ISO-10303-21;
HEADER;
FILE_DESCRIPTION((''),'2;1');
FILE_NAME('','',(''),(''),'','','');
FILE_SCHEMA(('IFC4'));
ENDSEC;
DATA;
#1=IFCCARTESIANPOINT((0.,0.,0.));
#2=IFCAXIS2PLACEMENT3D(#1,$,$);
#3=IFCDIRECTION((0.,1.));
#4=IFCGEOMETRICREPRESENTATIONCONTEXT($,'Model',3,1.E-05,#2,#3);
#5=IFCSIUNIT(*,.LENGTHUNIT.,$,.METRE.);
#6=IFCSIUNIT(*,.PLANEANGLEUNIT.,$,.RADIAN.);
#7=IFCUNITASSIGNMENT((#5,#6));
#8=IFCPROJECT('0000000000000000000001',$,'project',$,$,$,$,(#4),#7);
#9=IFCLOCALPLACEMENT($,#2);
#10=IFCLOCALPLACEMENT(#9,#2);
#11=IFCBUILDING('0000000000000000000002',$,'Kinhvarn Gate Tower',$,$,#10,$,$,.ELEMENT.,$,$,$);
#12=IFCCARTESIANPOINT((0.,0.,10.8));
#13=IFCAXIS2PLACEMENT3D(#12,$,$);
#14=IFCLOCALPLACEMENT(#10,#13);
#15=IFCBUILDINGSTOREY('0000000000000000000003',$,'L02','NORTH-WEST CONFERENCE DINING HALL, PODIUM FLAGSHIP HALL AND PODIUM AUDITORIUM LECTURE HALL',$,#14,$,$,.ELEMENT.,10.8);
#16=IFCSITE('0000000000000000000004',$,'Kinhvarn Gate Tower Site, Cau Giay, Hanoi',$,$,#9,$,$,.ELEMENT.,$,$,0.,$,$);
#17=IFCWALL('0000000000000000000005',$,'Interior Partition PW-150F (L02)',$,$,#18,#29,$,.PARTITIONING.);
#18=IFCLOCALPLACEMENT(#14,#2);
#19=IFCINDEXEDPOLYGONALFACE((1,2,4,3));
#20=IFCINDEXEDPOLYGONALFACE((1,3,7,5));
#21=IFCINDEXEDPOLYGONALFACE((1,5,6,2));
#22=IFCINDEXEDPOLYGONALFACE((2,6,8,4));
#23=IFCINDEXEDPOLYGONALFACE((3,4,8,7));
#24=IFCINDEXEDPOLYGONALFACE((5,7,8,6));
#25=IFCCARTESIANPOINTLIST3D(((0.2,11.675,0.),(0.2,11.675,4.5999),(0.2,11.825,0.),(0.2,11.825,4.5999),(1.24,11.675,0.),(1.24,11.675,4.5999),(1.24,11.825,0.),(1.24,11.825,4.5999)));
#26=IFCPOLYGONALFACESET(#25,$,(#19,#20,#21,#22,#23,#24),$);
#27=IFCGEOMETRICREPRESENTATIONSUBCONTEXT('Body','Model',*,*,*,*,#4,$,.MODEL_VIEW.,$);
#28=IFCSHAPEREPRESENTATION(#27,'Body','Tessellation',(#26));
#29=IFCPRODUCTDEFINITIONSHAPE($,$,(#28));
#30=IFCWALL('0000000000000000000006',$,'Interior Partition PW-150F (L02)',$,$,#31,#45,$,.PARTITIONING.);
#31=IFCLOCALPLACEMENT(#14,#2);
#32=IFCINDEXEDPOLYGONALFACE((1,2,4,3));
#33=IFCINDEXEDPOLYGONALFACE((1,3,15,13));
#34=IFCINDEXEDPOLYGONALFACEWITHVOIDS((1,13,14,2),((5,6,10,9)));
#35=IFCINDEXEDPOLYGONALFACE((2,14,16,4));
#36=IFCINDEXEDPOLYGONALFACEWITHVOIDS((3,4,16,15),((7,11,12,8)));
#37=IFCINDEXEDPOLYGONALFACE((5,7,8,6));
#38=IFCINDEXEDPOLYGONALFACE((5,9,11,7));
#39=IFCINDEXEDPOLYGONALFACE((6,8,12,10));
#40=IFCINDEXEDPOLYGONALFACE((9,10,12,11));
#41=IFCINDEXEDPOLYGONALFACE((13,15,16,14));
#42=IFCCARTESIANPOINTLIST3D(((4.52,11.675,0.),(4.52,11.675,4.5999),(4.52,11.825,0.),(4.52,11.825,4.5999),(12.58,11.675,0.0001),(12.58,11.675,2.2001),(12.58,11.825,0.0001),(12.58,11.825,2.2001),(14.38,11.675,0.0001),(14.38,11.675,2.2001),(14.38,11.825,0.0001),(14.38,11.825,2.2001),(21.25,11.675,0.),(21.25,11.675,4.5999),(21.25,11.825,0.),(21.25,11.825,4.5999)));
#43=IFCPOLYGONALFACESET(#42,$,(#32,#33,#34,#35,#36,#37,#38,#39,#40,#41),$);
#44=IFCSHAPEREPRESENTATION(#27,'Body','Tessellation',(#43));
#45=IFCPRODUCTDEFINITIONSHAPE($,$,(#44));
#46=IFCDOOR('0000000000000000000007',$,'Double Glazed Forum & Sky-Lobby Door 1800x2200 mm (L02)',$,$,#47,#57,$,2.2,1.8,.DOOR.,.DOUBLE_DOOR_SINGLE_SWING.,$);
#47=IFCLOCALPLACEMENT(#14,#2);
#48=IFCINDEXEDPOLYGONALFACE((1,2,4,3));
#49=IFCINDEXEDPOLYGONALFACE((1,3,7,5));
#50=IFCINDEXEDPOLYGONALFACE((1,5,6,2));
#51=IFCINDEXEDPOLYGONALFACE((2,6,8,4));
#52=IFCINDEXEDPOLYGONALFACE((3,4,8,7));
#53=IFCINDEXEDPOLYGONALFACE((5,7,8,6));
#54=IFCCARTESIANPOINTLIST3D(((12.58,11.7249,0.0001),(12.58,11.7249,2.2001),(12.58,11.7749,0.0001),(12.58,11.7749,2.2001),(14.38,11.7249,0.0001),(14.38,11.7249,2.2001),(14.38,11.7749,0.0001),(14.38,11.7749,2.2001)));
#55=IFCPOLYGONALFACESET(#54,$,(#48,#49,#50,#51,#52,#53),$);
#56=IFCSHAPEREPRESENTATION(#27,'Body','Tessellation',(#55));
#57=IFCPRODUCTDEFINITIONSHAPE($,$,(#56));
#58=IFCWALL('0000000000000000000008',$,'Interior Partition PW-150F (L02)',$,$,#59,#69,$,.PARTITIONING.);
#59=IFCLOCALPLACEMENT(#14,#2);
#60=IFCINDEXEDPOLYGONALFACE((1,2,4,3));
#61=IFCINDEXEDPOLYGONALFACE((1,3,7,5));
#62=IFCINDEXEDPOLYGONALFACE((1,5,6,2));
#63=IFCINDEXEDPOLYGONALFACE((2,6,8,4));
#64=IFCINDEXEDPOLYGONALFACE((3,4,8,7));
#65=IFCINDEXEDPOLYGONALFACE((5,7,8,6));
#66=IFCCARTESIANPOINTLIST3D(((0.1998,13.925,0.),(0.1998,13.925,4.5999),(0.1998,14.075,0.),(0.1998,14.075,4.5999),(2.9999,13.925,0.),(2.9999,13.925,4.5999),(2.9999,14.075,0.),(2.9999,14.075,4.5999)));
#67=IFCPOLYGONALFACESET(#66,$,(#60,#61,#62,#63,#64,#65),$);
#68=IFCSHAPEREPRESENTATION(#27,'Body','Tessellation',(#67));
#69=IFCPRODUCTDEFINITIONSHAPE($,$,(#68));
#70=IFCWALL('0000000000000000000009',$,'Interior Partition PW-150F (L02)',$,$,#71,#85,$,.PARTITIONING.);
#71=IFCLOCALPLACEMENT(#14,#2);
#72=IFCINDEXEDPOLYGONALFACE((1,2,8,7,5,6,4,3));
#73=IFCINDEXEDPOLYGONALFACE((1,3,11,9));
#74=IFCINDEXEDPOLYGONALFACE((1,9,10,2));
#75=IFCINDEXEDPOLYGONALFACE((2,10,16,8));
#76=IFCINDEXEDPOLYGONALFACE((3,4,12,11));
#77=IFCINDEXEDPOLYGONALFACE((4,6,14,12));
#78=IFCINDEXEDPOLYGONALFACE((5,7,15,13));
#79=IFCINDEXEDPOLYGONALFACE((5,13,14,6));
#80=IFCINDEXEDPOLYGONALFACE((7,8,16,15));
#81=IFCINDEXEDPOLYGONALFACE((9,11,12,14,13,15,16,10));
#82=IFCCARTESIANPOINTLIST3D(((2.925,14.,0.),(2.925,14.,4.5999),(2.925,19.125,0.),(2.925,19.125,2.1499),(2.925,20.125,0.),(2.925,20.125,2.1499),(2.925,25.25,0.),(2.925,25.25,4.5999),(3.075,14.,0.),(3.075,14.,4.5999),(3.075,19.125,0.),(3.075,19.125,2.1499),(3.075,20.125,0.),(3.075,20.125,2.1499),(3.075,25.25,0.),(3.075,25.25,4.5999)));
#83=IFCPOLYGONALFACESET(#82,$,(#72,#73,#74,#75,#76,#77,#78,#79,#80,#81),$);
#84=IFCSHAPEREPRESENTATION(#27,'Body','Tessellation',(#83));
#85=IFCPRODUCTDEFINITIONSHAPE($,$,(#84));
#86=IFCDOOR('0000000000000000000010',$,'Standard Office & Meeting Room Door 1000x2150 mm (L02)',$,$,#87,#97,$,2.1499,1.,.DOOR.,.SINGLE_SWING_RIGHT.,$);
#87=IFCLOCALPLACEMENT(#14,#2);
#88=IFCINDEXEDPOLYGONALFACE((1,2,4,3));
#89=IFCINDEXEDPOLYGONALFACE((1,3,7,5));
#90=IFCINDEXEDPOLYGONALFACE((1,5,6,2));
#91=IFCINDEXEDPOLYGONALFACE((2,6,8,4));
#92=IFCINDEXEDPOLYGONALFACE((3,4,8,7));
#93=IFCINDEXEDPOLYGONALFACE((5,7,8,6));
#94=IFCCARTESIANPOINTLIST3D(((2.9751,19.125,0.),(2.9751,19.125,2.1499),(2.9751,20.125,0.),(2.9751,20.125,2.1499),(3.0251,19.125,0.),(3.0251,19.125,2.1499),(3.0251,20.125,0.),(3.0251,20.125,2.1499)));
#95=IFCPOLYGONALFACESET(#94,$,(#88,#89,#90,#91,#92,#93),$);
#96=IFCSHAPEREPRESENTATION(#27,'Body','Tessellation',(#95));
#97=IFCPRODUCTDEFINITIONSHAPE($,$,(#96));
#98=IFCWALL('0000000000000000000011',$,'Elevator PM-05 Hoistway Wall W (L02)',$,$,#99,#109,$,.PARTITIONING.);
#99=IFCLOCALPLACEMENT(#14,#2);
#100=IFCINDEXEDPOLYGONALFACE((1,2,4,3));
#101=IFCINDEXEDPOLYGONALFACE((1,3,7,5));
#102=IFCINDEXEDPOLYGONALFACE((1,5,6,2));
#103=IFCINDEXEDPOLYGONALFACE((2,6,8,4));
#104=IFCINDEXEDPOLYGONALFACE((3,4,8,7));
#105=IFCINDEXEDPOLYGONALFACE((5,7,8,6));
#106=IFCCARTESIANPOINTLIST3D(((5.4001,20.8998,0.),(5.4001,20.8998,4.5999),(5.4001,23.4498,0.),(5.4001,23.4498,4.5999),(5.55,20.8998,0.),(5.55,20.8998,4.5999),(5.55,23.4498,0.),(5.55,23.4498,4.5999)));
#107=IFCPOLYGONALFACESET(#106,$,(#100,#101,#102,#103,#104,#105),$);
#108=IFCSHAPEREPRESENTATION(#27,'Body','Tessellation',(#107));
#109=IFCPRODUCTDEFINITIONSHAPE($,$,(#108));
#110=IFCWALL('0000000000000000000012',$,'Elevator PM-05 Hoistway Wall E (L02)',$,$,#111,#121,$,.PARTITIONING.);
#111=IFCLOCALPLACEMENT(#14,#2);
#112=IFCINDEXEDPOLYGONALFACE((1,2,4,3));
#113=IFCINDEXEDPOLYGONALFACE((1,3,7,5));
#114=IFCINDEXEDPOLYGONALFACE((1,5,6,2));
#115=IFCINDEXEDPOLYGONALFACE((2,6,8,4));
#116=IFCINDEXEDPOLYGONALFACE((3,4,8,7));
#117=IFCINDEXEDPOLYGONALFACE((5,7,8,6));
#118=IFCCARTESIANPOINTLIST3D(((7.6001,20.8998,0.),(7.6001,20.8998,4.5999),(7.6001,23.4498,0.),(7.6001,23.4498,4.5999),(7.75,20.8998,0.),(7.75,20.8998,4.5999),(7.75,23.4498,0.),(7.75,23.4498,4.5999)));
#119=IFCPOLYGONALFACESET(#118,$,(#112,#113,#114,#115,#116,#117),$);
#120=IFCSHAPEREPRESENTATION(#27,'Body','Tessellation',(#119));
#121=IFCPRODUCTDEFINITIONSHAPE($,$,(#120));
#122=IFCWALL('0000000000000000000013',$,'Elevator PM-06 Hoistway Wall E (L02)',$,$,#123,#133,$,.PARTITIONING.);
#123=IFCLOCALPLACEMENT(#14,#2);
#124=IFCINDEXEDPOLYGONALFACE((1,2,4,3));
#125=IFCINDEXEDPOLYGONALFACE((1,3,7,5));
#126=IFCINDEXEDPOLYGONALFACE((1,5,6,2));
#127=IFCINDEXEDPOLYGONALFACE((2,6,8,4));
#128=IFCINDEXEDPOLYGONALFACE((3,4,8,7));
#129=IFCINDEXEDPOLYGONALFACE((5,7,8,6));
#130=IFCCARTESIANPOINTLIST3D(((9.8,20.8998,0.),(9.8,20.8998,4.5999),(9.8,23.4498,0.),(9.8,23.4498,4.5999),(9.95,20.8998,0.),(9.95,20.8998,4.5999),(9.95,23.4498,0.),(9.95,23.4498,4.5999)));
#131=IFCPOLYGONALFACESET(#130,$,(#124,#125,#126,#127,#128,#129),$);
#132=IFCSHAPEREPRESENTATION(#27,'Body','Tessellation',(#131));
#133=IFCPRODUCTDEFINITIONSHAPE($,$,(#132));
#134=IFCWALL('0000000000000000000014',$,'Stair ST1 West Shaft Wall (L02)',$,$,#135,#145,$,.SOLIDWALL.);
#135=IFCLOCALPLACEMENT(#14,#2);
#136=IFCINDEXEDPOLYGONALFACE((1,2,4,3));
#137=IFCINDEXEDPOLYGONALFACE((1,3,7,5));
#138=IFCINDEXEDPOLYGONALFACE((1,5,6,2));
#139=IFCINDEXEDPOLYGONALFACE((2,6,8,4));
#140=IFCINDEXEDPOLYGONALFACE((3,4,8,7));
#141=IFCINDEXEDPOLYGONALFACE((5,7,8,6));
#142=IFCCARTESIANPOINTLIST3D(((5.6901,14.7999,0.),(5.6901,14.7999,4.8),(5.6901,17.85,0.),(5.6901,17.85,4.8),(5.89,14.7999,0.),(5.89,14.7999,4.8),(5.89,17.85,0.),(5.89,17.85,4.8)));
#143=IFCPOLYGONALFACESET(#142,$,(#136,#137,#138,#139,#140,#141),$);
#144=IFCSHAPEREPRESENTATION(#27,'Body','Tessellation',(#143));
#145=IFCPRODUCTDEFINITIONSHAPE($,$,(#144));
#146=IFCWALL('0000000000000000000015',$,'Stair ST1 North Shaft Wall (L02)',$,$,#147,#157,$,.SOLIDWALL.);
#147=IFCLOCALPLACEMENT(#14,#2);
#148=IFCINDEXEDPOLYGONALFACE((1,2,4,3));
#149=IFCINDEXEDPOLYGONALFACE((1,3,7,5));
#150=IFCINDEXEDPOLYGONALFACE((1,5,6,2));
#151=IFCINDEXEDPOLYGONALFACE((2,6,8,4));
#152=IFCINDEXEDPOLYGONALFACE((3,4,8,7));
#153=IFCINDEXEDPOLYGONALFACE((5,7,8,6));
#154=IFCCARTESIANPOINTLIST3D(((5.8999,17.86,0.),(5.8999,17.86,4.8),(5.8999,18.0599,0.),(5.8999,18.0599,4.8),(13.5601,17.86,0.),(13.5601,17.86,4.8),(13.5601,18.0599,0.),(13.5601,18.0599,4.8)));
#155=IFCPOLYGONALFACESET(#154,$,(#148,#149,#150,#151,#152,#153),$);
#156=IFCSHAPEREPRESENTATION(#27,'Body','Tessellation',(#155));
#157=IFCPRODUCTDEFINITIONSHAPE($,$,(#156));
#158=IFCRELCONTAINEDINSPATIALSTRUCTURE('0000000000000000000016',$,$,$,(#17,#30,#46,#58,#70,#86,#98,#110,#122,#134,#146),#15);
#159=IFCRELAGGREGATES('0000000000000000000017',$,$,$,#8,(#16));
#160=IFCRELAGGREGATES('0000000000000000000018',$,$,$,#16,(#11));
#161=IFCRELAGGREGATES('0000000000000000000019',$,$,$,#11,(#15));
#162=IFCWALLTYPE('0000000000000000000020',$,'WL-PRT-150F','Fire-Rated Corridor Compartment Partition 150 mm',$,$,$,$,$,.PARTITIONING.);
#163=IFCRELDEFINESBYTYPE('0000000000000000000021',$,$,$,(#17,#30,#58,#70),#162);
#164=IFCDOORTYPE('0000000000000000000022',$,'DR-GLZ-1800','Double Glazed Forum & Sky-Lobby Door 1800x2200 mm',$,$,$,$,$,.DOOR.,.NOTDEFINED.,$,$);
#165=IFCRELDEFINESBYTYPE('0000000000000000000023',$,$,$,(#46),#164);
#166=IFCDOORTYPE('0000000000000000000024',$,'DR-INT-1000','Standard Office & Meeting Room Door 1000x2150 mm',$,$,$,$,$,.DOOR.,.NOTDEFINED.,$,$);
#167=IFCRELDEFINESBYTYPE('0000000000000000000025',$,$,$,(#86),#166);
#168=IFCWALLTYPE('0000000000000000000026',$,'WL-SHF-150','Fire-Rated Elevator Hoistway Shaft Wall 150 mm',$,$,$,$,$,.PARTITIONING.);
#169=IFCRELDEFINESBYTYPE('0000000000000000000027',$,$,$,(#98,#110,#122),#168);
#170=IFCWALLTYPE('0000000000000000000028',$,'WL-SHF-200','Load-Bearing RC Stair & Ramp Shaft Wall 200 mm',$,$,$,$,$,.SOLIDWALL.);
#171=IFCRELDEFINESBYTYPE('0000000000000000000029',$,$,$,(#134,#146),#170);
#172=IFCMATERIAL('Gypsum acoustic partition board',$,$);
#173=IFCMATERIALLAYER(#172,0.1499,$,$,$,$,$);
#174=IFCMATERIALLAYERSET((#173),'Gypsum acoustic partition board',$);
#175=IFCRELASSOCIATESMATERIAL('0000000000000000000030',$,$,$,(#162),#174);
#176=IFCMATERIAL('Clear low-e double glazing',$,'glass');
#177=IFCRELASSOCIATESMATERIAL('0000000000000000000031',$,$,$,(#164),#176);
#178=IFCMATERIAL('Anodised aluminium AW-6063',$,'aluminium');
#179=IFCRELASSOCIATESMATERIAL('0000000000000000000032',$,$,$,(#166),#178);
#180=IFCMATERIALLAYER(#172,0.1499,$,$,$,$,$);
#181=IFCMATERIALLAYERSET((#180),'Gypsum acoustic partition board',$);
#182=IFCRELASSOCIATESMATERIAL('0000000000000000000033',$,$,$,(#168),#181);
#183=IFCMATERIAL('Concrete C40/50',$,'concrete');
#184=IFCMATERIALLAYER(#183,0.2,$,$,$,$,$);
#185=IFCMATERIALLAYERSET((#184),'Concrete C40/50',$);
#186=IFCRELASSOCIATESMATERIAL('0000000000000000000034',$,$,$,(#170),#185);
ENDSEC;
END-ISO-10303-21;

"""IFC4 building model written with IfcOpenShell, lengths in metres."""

from ifc_helpers import new_model, si_unit, direction, frame, frame_2d, origin, place, context, subcontext, project, spatial, rectangle, extrude, material, layer, layer_set, type_object, element, fill, save


model = new_model("IFC4")

# Units and contexts
model_context = context("Model", 3, precision=1e-05, world=origin(), true_north=direction((0.0, 1.0)))
body_context = subcontext(model_context, "Body", "Model", "MODEL_VIEW")
ifc_project = project(units=[si_unit("LENGTHUNIT", "METRE"), si_unit("PLANEANGLEUNIT", "RADIAN")], contexts=[model_context])

# Site, building, storey
site_placement = place(None, origin())
site = spatial("IfcSite", under=ifc_project, at=site_placement, Name="Kinhvarn Gate Tower Site, Cau Giay, Hanoi", CompositionType="ELEMENT", RefElevation=0.0)
building_placement = place(site_placement, origin())
building = spatial("IfcBuilding", under=site, at=building_placement, Name="Kinhvarn Gate Tower", CompositionType="ELEMENT")
storey_placement = place(building_placement, frame((0.0, 0.0, 10.8)))
storey = spatial("IfcBuildingStorey", under=building, at=storey_placement, Name="L02", Description="NORTH-WEST CONFERENCE DINING HALL, PODIUM FLAGSHIP HALL AND PODIUM AUDITORIUM LECTURE HALL", CompositionType="ELEMENT", Elevation=10.8)

# Wall
ifc_material_1 = material(Name="Gypsum acoustic partition board")
ifc_layer_1 = layer(ifc_material_1, 0.1499)
ifc_layer_set_1 = layer_set([ifc_layer_1], Name="Gypsum acoustic partition board")
wall_type_1 = type_object("IfcWallType", Name="WL-PRT-150F", Description="Fire-Rated Corridor Compartment Partition 150 mm", PredefinedType="PARTITIONING", material=ifc_layer_set_1)
wall_1_placement = place(storey_placement, frame((0.2, 11.75, 0.0), z_axis=(0.0, 0.0, 1.0), x_axis=(1.0, 0.0, 0.0)))
element("IfcWall", 1, at=wall_1_placement, inside=storey, type_object=wall_type_1, Name="Interior Partition PW-150F (L02)", PredefinedType="PARTITIONING", context=body_context, shape_type="SweptSolid", body=[
    extrude(rectangle(XDim=1.04, YDim=0.1499, at=frame_2d((0.52, 0.0))), origin(), (0.0, 0.0, 1.0), 4.5999),
])

# Wall, opening, door
wall_2_placement = place(storey_placement, frame((4.52, 11.75, 0.0), z_axis=(0.0, 0.0, 1.0), x_axis=(1.0, 0.0, 0.0)))
wall_2 = element("IfcWall", 2, at=wall_2_placement, inside=storey, type_object=wall_type_1, Name="Interior Partition PW-150F (L02)", PredefinedType="PARTITIONING", context=body_context, shape_type="SweptSolid", body=[
    extrude(rectangle(XDim=16.73, YDim=0.1499, at=frame_2d((8.365, 0.0))), origin(), (0.0, 0.0, 1.0), 4.5999),
])
opening_1_placement = place(wall_2_placement, frame((8.0601, 0.0, 0.0)))
opening_1 = element("IfcOpeningElement", 3, at=opening_1_placement, cuts=wall_2, PredefinedType="OPENING", context=body_context, shape_type="SweptSolid", body=[
    extrude(rectangle(XDim=1.8, YDim=2.2, at=frame_2d((0.8999, 1.1001))), frame((0.0, 0.085, 0.0), z_axis=(0.0, -1.0, 0.0), x_axis=(1.0, 0.0, 0.0)), (0.0, 0.0, 1.0), 0.1699),
])
ifc_material_2 = material(Name="Clear low-e double glazing", Category="glass")
door_type_1 = type_object("IfcDoorType", Name="DR-GLZ-1800", Description="Double Glazed Forum & Sky-Lobby Door 1800x2200 mm", OperationType="NOTDEFINED", PredefinedType="DOOR", material=ifc_material_2)
door_1_placement = place(opening_1_placement, origin())
door_1 = element("IfcDoor", 4, at=door_1_placement, inside=storey, type_object=door_type_1, Name="Double Glazed Forum & Sky-Lobby Door 1800x2200 mm (L02)", OperationType="DOUBLE_DOOR_SINGLE_SWING", OverallHeight=2.2, OverallWidth=1.8, PredefinedType="DOOR", context=body_context, shape_type="SweptSolid", body=[
    extrude(rectangle(XDim=1.8, YDim=2.2, at=frame_2d((0.8999, 1.1001))), frame((0.0, 0.0249, 0.0), z_axis=(0.0, -1.0, 0.0), x_axis=(1.0, 0.0, 0.0)), (0.0, 0.0, 1.0), 0.05),
])
fill(opening_1, door_1)

# Wall
wall_3_placement = place(storey_placement, frame((0.2, 14.0, 0.0), z_axis=(0.0, 0.0, 1.0), x_axis=(1.0, 0.0, 0.0)))
element("IfcWall", 5, at=wall_3_placement, inside=storey, type_object=wall_type_1, Name="Interior Partition PW-150F (L02)", PredefinedType="PARTITIONING", context=body_context, shape_type="SweptSolid", body=[
    extrude(rectangle(XDim=2.8, YDim=0.1499, at=frame_2d((1.3999, 0.0))), origin(), (0.0, 0.0, 1.0), 4.5999),
])

# Wall, opening, door
wall_4_placement = place(storey_placement, frame((3.0, 14.0, 0.0), z_axis=(0.0, 0.0, 1.0), x_axis=(0.0, 1.0, 0.0)))
wall_4 = element("IfcWall", 6, at=wall_4_placement, inside=storey, type_object=wall_type_1, Name="Interior Partition PW-150F (L02)", PredefinedType="PARTITIONING", context=body_context, shape_type="SweptSolid", body=[
    extrude(rectangle(XDim=11.25, YDim=0.1499, at=frame_2d((5.625, 0.0))), origin(), (0.0, 0.0, 1.0), 4.5999),
])
opening_2_placement = place(wall_4_placement, frame((5.125, 0.0, 0.0)))
opening_2 = element("IfcOpeningElement", 7, at=opening_2_placement, cuts=wall_4, PredefinedType="OPENING", context=body_context, shape_type="SweptSolid", body=[
    extrude(rectangle(XDim=1.0, YDim=2.1499, at=frame_2d((0.5, 1.075))), frame((0.0, 0.085, 0.0), z_axis=(0.0, -1.0, 0.0), x_axis=(1.0, 0.0, 0.0)), (0.0, 0.0, 1.0), 0.1699),
])
ifc_material_3 = material(Name="Anodised aluminium AW-6063", Category="aluminium")
door_type_2 = type_object("IfcDoorType", Name="DR-INT-1000", Description="Standard Office & Meeting Room Door 1000x2150 mm", OperationType="NOTDEFINED", PredefinedType="DOOR", material=ifc_material_3)
door_2_placement = place(opening_2_placement, origin())
door_2 = element("IfcDoor", 8, at=door_2_placement, inside=storey, type_object=door_type_2, Name="Standard Office & Meeting Room Door 1000x2150 mm (L02)", OperationType="SINGLE_SWING_RIGHT", OverallHeight=2.1499, OverallWidth=1.0, PredefinedType="DOOR", context=body_context, shape_type="SweptSolid", body=[
    extrude(rectangle(XDim=1.0, YDim=2.1499, at=frame_2d((0.5, 1.075))), frame((0.0, 0.0249, 0.0), z_axis=(0.0, -1.0, 0.0), x_axis=(1.0, 0.0, 0.0)), (0.0, 0.0, 1.0), 0.05),
])
fill(opening_2, door_2)

# Walls
ifc_layer_2 = layer(ifc_material_1, 0.1499)
ifc_layer_set_2 = layer_set([ifc_layer_2], Name="Gypsum acoustic partition board")
wall_type_2 = type_object("IfcWallType", Name="WL-SHF-150", Description="Fire-Rated Elevator Hoistway Shaft Wall 150 mm", PredefinedType="PARTITIONING", material=ifc_layer_set_2)
for number, where, z_axis, x_axis, name in (
    (9, (5.4751, 20.8999, 0.0), (0.0, 0.0, 1.0), (0.0, 1.0, 0.0), "Elevator PM-05 Hoistway Wall W (L02)"),
    (10, (7.675, 20.8999, 0.0), (0.0, 0.0, 1.0), (0.0, 1.0, 0.0), "Elevator PM-05 Hoistway Wall E (L02)"),
    (11, (9.875, 20.8999, 0.0), (0.0, 0.0, 1.0), (0.0, 1.0, 0.0), "Elevator PM-06 Hoistway Wall E (L02)"),
):
    element("IfcWall", number, at=place(storey_placement, frame(where, z_axis=z_axis, x_axis=x_axis)), inside=storey, type_object=wall_type_2, Name=name, PredefinedType="PARTITIONING", context=body_context, shape_type="SweptSolid", body=[
        extrude(rectangle(XDim=2.55, YDim=0.1499, at=frame_2d((1.2749, 0.0))), origin(), (0.0, 0.0, 1.0), 4.5999),
    ])
ifc_material_4 = material(Name="Concrete C40/50", Category="concrete")
ifc_layer_3 = layer(ifc_material_4, 0.2)
ifc_layer_set_3 = layer_set([ifc_layer_3], Name="Concrete C40/50")
wall_type_3 = type_object("IfcWallType", Name="WL-SHF-200", Description="Load-Bearing RC Stair & Ramp Shaft Wall 200 mm", PredefinedType="SOLIDWALL", material=ifc_layer_set_3)
wall_5_placement = place(storey_placement, frame((5.79, 14.8, 0.0), z_axis=(0.0, 0.0, 1.0), x_axis=(0.0, 1.0, 0.0)))
element("IfcWall", 12, at=wall_5_placement, inside=storey, type_object=wall_type_3, Name="Stair ST1 West Shaft Wall (L02)", PredefinedType="SOLIDWALL", context=body_context, shape_type="SweptSolid", body=[
    extrude(rectangle(XDim=3.05, YDim=0.2, at=frame_2d((1.5249, 0.0))), origin(), (0.0, 0.0, 1.0), 4.8),
])
wall_6_placement = place(storey_placement, frame((5.8999, 17.96, 0.0), z_axis=(0.0, 0.0, 1.0), x_axis=(1.0, 0.0, 0.0)))
element("IfcWall", 13, at=wall_6_placement, inside=storey, type_object=wall_type_3, Name="Stair ST1 North Shaft Wall (L02)", PredefinedType="SOLIDWALL", context=body_context, shape_type="SweptSolid", body=[
    extrude(rectangle(XDim=7.6602, YDim=0.2, at=frame_2d((3.8301, 0.0))), origin(), (0.0, 0.0, 1.0), 4.8),
])

save(model, "model.ifc")
